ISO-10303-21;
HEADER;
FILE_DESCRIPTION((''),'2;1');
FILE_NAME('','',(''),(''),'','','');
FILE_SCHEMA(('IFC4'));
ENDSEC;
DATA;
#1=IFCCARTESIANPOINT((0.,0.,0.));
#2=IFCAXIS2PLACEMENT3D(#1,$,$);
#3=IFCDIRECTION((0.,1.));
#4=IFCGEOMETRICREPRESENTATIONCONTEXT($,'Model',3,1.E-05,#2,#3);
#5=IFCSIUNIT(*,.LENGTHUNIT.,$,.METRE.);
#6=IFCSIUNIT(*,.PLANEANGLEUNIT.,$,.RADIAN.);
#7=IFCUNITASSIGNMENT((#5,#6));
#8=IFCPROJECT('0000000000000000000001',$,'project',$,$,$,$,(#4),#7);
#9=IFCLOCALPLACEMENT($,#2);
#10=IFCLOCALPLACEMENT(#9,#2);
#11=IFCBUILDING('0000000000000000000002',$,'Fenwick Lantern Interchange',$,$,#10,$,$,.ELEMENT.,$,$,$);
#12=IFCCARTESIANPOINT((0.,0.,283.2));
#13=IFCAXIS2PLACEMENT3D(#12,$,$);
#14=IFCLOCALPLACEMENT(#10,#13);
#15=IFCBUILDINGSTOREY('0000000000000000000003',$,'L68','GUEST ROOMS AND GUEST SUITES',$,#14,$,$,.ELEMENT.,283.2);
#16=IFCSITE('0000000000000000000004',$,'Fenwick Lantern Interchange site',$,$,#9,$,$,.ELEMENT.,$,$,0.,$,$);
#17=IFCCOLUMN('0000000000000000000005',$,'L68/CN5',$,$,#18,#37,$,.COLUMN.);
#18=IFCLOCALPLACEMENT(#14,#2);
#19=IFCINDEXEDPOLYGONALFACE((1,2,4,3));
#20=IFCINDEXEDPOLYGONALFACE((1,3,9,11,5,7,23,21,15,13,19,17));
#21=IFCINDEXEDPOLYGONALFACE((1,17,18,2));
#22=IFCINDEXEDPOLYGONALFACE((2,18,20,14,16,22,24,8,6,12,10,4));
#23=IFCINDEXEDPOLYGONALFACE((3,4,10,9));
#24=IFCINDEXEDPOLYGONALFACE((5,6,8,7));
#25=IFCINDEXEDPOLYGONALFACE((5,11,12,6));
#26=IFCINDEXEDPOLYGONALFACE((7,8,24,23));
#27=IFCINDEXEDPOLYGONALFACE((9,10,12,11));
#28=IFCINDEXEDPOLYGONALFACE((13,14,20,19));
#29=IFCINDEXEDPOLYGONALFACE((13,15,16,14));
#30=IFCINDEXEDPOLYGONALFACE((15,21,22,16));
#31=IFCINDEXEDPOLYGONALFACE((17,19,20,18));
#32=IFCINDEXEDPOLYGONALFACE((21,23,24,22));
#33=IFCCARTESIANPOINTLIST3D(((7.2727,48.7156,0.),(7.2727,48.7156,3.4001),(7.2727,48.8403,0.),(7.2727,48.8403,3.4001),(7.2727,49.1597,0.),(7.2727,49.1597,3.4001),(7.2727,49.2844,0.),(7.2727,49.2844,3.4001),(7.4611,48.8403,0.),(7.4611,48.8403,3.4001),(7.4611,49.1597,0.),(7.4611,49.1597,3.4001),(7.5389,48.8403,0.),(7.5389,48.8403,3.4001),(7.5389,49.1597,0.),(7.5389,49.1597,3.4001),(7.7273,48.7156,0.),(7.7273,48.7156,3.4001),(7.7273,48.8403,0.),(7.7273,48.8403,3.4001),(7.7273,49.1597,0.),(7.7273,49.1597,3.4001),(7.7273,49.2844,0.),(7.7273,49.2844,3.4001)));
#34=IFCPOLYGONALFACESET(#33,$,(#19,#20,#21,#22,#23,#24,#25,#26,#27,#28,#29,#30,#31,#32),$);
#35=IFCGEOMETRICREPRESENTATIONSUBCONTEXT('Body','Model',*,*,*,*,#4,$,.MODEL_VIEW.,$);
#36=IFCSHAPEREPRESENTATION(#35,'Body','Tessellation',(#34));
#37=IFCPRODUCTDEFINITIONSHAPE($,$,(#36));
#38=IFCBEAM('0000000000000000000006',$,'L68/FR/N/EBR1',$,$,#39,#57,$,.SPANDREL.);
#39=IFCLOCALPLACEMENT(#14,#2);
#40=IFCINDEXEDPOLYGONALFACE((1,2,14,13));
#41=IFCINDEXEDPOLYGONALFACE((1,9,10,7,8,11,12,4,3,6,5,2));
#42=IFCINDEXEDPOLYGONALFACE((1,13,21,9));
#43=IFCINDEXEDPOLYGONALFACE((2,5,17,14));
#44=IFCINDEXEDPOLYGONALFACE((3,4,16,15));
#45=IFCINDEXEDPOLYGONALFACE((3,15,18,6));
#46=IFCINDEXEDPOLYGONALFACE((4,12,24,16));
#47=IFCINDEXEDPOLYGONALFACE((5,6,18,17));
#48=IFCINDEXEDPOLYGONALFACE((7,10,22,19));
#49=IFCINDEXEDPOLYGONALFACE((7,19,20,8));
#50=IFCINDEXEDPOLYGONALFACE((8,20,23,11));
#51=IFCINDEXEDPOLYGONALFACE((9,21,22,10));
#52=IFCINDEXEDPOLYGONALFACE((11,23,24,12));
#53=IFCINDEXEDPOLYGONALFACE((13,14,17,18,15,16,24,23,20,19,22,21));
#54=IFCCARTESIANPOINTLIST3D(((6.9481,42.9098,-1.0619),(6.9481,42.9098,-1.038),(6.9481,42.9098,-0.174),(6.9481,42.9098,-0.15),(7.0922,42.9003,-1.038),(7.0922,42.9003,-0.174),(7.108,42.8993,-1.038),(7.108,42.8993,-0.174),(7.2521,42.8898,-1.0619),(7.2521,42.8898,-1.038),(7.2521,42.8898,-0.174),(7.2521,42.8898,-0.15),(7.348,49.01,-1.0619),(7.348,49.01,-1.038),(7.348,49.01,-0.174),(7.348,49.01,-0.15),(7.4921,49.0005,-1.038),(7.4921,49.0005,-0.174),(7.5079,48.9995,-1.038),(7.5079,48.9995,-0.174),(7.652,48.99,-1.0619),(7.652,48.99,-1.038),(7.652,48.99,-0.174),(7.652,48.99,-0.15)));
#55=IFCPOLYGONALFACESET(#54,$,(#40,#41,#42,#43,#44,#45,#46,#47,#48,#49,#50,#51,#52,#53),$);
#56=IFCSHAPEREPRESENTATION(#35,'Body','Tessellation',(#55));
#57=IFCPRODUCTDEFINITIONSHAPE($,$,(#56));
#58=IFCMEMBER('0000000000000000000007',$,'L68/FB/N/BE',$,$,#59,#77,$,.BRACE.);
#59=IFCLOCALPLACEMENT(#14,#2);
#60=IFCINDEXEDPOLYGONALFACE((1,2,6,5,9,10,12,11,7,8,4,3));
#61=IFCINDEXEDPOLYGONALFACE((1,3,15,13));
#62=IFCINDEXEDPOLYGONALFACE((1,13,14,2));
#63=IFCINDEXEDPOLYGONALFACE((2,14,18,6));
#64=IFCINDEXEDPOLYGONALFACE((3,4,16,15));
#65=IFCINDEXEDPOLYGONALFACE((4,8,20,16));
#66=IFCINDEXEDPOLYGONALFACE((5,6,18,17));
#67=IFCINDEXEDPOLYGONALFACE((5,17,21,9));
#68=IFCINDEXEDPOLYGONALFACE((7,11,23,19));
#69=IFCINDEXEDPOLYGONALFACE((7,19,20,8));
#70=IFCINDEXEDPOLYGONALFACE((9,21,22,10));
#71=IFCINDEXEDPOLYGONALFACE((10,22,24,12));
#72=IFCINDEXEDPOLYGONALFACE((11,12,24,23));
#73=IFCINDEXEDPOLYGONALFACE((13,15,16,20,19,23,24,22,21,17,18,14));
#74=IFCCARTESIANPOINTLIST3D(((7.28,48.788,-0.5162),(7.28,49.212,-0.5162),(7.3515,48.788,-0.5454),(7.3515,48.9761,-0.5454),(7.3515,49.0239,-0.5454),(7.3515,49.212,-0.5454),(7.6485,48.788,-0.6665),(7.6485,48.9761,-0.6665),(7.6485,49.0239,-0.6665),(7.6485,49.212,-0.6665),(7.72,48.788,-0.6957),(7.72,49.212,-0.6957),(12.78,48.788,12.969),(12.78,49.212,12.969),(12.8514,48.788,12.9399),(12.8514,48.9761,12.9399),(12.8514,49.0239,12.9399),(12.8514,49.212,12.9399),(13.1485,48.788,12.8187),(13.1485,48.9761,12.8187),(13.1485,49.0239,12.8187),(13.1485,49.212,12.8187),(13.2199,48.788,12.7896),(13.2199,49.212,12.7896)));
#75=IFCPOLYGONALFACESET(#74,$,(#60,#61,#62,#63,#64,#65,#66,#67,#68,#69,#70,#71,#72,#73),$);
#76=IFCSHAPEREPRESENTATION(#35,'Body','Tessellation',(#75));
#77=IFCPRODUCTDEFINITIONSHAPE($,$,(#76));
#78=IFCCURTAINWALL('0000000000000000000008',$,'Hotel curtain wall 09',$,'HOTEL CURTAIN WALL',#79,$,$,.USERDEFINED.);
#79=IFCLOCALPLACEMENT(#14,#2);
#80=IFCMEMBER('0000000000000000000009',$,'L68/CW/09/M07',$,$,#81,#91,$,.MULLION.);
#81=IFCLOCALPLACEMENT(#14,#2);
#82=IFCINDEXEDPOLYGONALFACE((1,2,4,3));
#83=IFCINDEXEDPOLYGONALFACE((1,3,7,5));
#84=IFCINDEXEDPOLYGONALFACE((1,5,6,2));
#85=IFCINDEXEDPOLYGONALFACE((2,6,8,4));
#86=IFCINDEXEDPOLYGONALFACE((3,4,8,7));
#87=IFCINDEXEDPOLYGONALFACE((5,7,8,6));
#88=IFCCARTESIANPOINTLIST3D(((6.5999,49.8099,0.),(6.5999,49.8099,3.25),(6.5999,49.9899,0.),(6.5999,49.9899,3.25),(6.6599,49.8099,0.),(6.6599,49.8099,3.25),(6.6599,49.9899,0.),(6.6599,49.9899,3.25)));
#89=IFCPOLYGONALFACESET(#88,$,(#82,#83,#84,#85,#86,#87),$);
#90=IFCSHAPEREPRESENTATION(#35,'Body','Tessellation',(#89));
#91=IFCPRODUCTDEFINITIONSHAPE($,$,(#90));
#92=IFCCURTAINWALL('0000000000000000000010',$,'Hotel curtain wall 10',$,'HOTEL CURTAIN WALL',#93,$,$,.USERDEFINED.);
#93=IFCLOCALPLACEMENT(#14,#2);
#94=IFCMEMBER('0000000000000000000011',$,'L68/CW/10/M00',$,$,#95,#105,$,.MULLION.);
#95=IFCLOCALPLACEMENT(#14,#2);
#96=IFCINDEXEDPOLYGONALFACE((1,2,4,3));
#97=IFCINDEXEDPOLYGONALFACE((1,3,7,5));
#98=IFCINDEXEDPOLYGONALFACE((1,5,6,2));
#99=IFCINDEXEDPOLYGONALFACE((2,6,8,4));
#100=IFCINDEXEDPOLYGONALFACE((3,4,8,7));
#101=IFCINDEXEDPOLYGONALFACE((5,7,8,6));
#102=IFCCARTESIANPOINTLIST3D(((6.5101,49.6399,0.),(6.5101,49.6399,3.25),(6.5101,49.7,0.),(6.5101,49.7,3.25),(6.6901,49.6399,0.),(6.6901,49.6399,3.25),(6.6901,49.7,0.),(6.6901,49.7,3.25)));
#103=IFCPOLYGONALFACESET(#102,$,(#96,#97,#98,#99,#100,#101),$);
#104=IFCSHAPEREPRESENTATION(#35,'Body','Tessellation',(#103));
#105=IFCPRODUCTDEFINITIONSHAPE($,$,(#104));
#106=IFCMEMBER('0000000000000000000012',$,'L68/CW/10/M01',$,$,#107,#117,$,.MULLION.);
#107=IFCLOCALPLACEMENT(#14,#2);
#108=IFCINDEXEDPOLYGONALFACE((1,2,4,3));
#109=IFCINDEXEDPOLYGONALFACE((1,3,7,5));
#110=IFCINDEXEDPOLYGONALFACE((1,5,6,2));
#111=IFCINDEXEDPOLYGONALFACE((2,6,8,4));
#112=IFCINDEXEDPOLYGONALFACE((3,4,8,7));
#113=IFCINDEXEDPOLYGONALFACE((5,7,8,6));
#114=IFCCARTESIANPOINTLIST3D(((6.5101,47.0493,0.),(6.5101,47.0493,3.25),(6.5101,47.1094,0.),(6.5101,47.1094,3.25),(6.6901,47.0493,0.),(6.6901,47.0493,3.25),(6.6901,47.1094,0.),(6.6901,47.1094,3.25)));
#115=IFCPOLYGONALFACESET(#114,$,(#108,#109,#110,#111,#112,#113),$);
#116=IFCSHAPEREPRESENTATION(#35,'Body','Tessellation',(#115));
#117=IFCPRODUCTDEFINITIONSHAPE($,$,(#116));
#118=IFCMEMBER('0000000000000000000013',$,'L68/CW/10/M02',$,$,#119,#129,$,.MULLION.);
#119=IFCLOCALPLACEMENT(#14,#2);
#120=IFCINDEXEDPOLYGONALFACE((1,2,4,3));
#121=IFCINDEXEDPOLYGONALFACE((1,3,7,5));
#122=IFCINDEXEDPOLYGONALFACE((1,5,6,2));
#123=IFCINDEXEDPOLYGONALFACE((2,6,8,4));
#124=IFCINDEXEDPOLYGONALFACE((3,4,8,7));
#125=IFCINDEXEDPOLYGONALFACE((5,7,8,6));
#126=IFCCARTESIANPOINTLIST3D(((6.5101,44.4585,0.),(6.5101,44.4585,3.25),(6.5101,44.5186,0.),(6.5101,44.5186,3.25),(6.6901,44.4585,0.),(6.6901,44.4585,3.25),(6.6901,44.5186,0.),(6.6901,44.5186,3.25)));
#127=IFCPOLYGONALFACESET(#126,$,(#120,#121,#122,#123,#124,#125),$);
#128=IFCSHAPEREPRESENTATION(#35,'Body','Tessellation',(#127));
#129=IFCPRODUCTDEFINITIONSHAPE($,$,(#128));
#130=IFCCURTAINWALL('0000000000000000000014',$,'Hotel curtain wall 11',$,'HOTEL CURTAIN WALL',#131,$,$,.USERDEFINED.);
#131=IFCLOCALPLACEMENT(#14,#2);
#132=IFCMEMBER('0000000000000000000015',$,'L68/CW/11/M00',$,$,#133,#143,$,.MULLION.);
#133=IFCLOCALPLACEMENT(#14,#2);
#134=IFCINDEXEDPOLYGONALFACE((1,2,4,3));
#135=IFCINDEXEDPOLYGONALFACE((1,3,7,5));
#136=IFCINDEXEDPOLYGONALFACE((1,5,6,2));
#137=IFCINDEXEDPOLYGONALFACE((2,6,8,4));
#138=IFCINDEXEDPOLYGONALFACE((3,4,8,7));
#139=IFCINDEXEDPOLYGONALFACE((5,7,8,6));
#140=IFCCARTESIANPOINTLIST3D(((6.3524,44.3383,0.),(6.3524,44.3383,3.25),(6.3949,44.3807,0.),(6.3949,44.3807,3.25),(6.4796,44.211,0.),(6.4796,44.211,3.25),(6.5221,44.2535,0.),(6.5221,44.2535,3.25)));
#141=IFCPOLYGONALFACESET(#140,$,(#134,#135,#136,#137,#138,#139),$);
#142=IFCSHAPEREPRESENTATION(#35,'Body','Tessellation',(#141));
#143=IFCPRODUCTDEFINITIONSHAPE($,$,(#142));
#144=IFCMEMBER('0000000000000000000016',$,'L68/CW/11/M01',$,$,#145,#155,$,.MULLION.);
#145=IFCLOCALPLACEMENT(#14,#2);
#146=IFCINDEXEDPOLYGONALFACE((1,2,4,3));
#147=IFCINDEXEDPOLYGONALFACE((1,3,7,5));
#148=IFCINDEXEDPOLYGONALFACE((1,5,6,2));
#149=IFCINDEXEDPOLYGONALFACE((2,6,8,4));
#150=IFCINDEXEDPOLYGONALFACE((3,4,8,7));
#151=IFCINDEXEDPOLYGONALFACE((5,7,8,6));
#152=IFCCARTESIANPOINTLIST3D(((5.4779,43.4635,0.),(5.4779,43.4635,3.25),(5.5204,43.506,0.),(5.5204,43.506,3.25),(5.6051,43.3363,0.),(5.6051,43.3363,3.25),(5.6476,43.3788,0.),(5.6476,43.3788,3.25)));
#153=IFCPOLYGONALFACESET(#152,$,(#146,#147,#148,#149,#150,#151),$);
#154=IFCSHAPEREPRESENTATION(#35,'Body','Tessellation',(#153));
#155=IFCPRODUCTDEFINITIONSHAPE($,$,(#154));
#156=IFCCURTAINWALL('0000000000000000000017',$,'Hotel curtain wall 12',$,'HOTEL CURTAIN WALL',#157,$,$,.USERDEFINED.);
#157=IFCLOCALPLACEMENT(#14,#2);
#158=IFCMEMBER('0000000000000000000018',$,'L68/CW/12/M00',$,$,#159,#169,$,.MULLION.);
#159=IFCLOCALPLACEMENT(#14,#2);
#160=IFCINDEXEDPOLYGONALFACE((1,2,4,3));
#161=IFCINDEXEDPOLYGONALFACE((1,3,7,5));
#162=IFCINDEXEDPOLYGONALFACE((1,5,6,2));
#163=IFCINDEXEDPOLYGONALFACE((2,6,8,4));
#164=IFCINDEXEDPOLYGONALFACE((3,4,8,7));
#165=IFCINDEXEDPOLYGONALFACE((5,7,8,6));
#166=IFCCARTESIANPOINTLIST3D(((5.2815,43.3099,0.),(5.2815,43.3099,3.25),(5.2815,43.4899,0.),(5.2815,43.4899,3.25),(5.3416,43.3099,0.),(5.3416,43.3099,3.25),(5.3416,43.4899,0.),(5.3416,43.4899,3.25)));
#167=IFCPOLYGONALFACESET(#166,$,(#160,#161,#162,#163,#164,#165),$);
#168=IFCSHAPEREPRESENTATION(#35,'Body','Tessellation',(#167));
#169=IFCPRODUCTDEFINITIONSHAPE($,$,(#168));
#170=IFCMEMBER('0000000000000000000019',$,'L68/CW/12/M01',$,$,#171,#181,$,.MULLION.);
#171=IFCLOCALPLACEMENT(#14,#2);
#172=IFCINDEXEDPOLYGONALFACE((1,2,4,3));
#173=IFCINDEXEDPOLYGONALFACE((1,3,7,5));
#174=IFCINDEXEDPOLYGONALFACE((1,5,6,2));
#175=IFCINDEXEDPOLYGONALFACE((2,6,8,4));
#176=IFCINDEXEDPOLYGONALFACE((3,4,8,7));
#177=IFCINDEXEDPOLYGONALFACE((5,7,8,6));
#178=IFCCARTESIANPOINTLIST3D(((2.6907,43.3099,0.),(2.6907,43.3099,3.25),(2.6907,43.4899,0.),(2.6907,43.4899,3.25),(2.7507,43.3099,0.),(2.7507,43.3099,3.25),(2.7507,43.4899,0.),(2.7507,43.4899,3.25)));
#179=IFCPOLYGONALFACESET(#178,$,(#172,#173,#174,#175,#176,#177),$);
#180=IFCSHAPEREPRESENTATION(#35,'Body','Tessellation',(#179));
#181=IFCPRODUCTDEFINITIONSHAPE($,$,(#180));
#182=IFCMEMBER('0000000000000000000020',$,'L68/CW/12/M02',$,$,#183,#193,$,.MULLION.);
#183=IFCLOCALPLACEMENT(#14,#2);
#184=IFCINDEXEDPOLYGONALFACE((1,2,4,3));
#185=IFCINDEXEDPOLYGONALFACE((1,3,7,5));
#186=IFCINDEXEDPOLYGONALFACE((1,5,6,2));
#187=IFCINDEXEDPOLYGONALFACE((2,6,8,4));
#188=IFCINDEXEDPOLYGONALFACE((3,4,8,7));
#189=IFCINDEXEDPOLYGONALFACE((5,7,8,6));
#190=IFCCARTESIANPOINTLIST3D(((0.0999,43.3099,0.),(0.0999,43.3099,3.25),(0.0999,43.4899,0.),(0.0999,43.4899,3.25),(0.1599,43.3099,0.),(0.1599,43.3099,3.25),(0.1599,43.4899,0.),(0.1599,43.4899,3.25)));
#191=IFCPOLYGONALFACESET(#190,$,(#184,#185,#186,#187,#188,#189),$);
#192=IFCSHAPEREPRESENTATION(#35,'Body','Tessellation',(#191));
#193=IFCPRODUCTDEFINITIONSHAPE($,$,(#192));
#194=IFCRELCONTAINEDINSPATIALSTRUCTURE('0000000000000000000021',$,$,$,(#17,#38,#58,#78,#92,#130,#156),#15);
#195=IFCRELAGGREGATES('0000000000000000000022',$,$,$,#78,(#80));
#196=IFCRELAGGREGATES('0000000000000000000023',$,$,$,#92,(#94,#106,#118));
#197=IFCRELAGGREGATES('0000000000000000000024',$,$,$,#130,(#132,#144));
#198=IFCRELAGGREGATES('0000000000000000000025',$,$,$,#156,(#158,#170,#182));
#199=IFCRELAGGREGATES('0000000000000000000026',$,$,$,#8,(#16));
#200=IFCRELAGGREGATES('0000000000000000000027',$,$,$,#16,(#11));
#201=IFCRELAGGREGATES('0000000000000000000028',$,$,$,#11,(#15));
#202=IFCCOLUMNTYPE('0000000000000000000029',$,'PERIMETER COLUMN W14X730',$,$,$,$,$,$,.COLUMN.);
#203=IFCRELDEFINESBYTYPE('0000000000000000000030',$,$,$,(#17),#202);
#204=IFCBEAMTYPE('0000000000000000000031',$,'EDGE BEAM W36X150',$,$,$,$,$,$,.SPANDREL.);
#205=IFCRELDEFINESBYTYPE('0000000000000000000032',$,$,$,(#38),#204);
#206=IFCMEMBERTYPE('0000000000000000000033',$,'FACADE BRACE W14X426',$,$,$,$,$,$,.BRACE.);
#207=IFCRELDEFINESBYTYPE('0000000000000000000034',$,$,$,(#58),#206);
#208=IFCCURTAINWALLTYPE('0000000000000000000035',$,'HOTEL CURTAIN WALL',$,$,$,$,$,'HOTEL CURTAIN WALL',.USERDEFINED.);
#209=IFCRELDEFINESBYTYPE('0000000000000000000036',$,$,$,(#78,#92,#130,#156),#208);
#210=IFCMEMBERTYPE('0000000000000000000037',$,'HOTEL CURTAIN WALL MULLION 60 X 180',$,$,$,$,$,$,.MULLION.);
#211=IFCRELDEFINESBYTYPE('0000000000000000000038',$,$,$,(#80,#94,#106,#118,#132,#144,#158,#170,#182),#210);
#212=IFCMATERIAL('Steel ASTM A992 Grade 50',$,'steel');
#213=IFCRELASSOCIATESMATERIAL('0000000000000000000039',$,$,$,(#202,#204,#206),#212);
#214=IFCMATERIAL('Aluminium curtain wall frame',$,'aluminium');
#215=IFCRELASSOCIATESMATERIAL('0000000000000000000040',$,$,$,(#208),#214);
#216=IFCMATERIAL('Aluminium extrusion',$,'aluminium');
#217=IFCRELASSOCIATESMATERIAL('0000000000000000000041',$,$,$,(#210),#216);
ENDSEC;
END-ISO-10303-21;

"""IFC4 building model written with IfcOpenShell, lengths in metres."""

from ifc_helpers import new_model, si_unit, direction, frame, origin, origin_2d, place, context, subcontext, project, spatial, rectangle, i_section, extrude, material, material_profile, profile_set, type_object, element, aggregate, save


model = new_model("IFC4")

# Units and contexts
model_context = context("Model", 3, precision=1e-05, world=origin(), true_north=direction((0.0, 1.0)))
body_context = subcontext(model_context, "Body", "Model", "MODEL_VIEW")
ifc_project = project(units=[si_unit("LENGTHUNIT", "METRE"), si_unit("PLANEANGLEUNIT", "RADIAN")], contexts=[model_context])

# Site, building, storey
site_placement = place(None, origin())
site = spatial("IfcSite", under=ifc_project, at=site_placement, Name="Fenwick Lantern Interchange site", CompositionType="ELEMENT", RefElevation=0.0)
building_placement = place(site_placement, origin())
building = spatial("IfcBuilding", under=site, at=building_placement, Name="Fenwick Lantern Interchange", CompositionType="ELEMENT")
storey_placement = place(building_placement, frame((0.0, 0.0, 283.2)))
storey = spatial("IfcBuildingStorey", under=building, at=storey_placement, Name="L68", Description="GUEST ROOMS AND GUEST SUITES", CompositionType="ELEMENT", Elevation=283.2)

# Column
ifc_material_1 = material(Name="Steel ASTM A992 Grade 50", Category="steel")
ifc_material_profile_1 = material_profile(ifc_material_1, i_section(OverallWidth=0.4546, OverallDepth=0.5688, WebThickness=0.0779, FlangeThickness=0.1248, at=origin_2d()), Name="W14X730")
ifc_profile_set_1 = profile_set([ifc_material_profile_1], Name="Steel ASTM A992 Grade 50")
column_type = type_object("IfcColumnType", Name="PERIMETER COLUMN W14X730", PredefinedType="COLUMN", material=ifc_profile_set_1)
column_placement = place(storey_placement, frame((7.5, 49.0, 0.0), z_axis=(0.0, 0.0, 1.0), x_axis=(1.0, 0.0, 0.0)))
element("IfcColumn", 1, at=column_placement, inside=storey, type_object=column_type, Name="L68/CN5", PredefinedType="COLUMN", context=body_context, shape_type="SweptSolid", body=[
    extrude(i_section(OverallWidth=0.4546, OverallDepth=0.5688, WebThickness=0.0779, FlangeThickness=0.1248, at=origin_2d()), origin(), (0.0, 0.0, 1.0), 3.4001),
])

# Beam
ifc_material_profile_2 = material_profile(ifc_material_1, i_section(OverallWidth=0.3047, OverallDepth=0.9119, WebThickness=0.0159, FlangeThickness=0.0239, at=origin_2d()), Name="W36X150")
ifc_profile_set_2 = profile_set([ifc_material_profile_2], Name="Steel ASTM A992 Grade 50")
beam_type = type_object("IfcBeamType", Name="EDGE BEAM W36X150", PredefinedType="SPANDREL", material=ifc_profile_set_2)
beam_placement = place(storey_placement, frame((7.5, 49.0, -0.606), z_axis=(-0.065416, -0.997858, 0.0), x_axis=(0.997858, -0.065416, 0.0)))
element("IfcBeam", 2, at=beam_placement, inside=storey, type_object=beam_type, Name="L68/FR/N/EBR1", PredefinedType="SPANDREL", context=body_context, shape_type="SweptSolid", body=[
    extrude(i_section(OverallWidth=0.3047, OverallDepth=0.9119, WebThickness=0.0159, FlangeThickness=0.0239, at=origin_2d()), origin(), (0.0, 0.0, 1.0), 6.1133),
])

# Member
ifc_material_profile_3 = material_profile(ifc_material_1, i_section(OverallWidth=0.4241, OverallDepth=0.4751, WebThickness=0.0479, FlangeThickness=0.0771, at=origin_2d()), Name="W14X426")
ifc_profile_set_3 = profile_set([ifc_material_profile_3], Name="Steel ASTM A992 Grade 50")
member_type_1 = type_object("IfcMemberType", Name="FACADE BRACE W14X426", PredefinedType="BRACE", material=ifc_profile_set_3)
member_1_placement = place(storey_placement, frame((7.5, 49.0, -0.606), z_axis=(0.377648, 0.0, 0.925949), x_axis=(0.0, 1.0, 0.0)))
element("IfcMember", 3, at=member_1_placement, inside=storey, type_object=member_type_1, Name="L68/FB/N/BE", PredefinedType="BRACE", context=body_context, shape_type="SweptSolid", body=[
    extrude(i_section(OverallWidth=0.4241, OverallDepth=0.4751, WebThickness=0.0479, FlangeThickness=0.0771, at=origin_2d()), origin(), (0.0, 0.0, 1.0), 14.5637),
])

# Curtain wall, member
ifc_material_2 = material(Name="Aluminium curtain wall frame", Category="aluminium")
curtain_wall_type = type_object("IfcCurtainWallType", Name="HOTEL CURTAIN WALL", ElementType="HOTEL CURTAIN WALL", PredefinedType="USERDEFINED", material=ifc_material_2)
curtain_wall_1_placement = place(storey_placement, origin())
curtain_wall_1 = element("IfcCurtainWall", 4, at=curtain_wall_1_placement, inside=storey, type_object=curtain_wall_type, Name="Hotel curtain wall 09", ObjectType="HOTEL CURTAIN WALL", PredefinedType="USERDEFINED")
ifc_material_3 = material(Name="Aluminium extrusion", Category="aluminium")
ifc_material_profile_4 = material_profile(ifc_material_3, rectangle(XDim=0.1799, YDim=0.0601, at=origin_2d()), Name="HOTEL CURTAIN WALL MULLION 60 X 180")
ifc_profile_set_4 = profile_set([ifc_material_profile_4], Name="Aluminium extrusion")
member_type_2 = type_object("IfcMemberType", Name="HOTEL CURTAIN WALL MULLION 60 X 180", PredefinedType="MULLION", material=ifc_profile_set_4)
member_2_placement = place(storey_placement, frame((6.6299, 49.8999, 0.0), z_axis=(0.0, 0.0, 1.0), x_axis=(0.0, -1.0, 0.0)))
member_2 = element("IfcMember", 5, at=member_2_placement, type_object=member_type_2, Name="L68/CW/09/M07", PredefinedType="MULLION", context=body_context, shape_type="SweptSolid", body=[
    extrude(rectangle(XDim=0.1799, YDim=0.0601, at=origin_2d()), origin(), (0.0, 0.0, 1.0), 3.25),
])
aggregate(curtain_wall_1, [member_2])

# Curtain walls, members
curtain_wall_2_placement = place(storey_placement, origin())
curtain_wall_2 = element("IfcCurtainWall", 6, at=curtain_wall_2_placement, inside=storey, type_object=curtain_wall_type, Name="Hotel curtain wall 10", ObjectType="HOTEL CURTAIN WALL", PredefinedType="USERDEFINED")
member_3_placement = place(storey_placement, frame((6.6001, 49.6699, 0.0), z_axis=(0.0, 0.0, 1.0), x_axis=(1.0, 0.0, 0.0)))
member_3 = element("IfcMember", 7, at=member_3_placement, type_object=member_type_2, Name="L68/CW/10/M00", PredefinedType="MULLION", context=body_context, shape_type="SweptSolid", body=[
    extrude(rectangle(XDim=0.1799, YDim=0.0601, at=origin_2d()), origin(), (0.0, 0.0, 1.0), 3.25),
])
member_4_placement = place(storey_placement, frame((6.6001, 47.0793, 0.0), z_axis=(0.0, 0.0, 1.0), x_axis=(1.0, 0.0, 0.0)))
member_4 = element("IfcMember", 8, at=member_4_placement, type_object=member_type_2, Name="L68/CW/10/M01", PredefinedType="MULLION", context=body_context, shape_type="SweptSolid", body=[
    extrude(rectangle(XDim=0.1799, YDim=0.0601, at=origin_2d()), origin(), (0.0, 0.0, 1.0), 3.25),
])
member_5_placement = place(storey_placement, frame((6.6001, 44.4885, 0.0), z_axis=(0.0, 0.0, 1.0), x_axis=(1.0, 0.0, 0.0)))
member_5 = element("IfcMember", 9, at=member_5_placement, type_object=member_type_2, Name="L68/CW/10/M02", PredefinedType="MULLION", context=body_context, shape_type="SweptSolid", body=[
    extrude(rectangle(XDim=0.1799, YDim=0.0601, at=origin_2d()), origin(), (0.0, 0.0, 1.0), 3.25),
])
curtain_wall_3_placement = place(storey_placement, origin())
curtain_wall_3 = element("IfcCurtainWall", 10, at=curtain_wall_3_placement, inside=storey, type_object=curtain_wall_type, Name="Hotel curtain wall 11", ObjectType="HOTEL CURTAIN WALL", PredefinedType="USERDEFINED")
member_6_placement = place(storey_placement, frame((6.4373, 44.2959, 0.0), z_axis=(0.0, 0.0, 1.0), x_axis=(0.707107, -0.707107, 0.0)))
member_6 = element("IfcMember", 11, at=member_6_placement, type_object=member_type_2, Name="L68/CW/11/M00", PredefinedType="MULLION", context=body_context, shape_type="SweptSolid", body=[
    extrude(rectangle(XDim=0.1799, YDim=0.0601, at=origin_2d()), origin(), (0.0, 0.0, 1.0), 3.25),
])
member_7_placement = place(storey_placement, frame((5.5627, 43.4211, 0.0), z_axis=(0.0, 0.0, 1.0), x_axis=(0.707107, -0.707107, 0.0)))
member_7 = element("IfcMember", 12, at=member_7_placement, type_object=member_type_2, Name="L68/CW/11/M01", PredefinedType="MULLION", context=body_context, shape_type="SweptSolid", body=[
    extrude(rectangle(XDim=0.1799, YDim=0.0601, at=origin_2d()), origin(), (0.0, 0.0, 1.0), 3.25),
])
curtain_wall_4_placement = place(storey_placement, origin())
curtain_wall_4 = element("IfcCurtainWall", 13, at=curtain_wall_4_placement, inside=storey, type_object=curtain_wall_type, Name="Hotel curtain wall 12", ObjectType="HOTEL CURTAIN WALL", PredefinedType="USERDEFINED")
member_8_placement = place(storey_placement, frame((5.3115, 43.3999, 0.0), z_axis=(0.0, 0.0, 1.0), x_axis=(0.0, -1.0, 0.0)))
member_8 = element("IfcMember", 14, at=member_8_placement, type_object=member_type_2, Name="L68/CW/12/M00", PredefinedType="MULLION", context=body_context, shape_type="SweptSolid", body=[
    extrude(rectangle(XDim=0.1799, YDim=0.0601, at=origin_2d()), origin(), (0.0, 0.0, 1.0), 3.25),
])
member_9_placement = place(storey_placement, frame((2.7207, 43.3999, 0.0), z_axis=(0.0, 0.0, 1.0), x_axis=(0.0, -1.0, 0.0)))
member_9 = element("IfcMember", 15, at=member_9_placement, type_object=member_type_2, Name="L68/CW/12/M01", PredefinedType="MULLION", context=body_context, shape_type="SweptSolid", body=[
    extrude(rectangle(XDim=0.1799, YDim=0.0601, at=origin_2d()), origin(), (0.0, 0.0, 1.0), 3.25),
])
member_10_placement = place(storey_placement, frame((0.1299, 43.3999, 0.0), z_axis=(0.0, 0.0, 1.0), x_axis=(0.0, -1.0, 0.0)))
member_10 = element("IfcMember", 16, at=member_10_placement, type_object=member_type_2, Name="L68/CW/12/M02", PredefinedType="MULLION", context=body_context, shape_type="SweptSolid", body=[
    extrude(rectangle(XDim=0.1799, YDim=0.0601, at=origin_2d()), origin(), (0.0, 0.0, 1.0), 3.25),
])

aggregate(curtain_wall_2, [member_3, member_4, member_5])
aggregate(curtain_wall_3, [member_6, member_7])
aggregate(curtain_wall_4, [member_8, member_9, member_10])

save(model, "model.ifc")
